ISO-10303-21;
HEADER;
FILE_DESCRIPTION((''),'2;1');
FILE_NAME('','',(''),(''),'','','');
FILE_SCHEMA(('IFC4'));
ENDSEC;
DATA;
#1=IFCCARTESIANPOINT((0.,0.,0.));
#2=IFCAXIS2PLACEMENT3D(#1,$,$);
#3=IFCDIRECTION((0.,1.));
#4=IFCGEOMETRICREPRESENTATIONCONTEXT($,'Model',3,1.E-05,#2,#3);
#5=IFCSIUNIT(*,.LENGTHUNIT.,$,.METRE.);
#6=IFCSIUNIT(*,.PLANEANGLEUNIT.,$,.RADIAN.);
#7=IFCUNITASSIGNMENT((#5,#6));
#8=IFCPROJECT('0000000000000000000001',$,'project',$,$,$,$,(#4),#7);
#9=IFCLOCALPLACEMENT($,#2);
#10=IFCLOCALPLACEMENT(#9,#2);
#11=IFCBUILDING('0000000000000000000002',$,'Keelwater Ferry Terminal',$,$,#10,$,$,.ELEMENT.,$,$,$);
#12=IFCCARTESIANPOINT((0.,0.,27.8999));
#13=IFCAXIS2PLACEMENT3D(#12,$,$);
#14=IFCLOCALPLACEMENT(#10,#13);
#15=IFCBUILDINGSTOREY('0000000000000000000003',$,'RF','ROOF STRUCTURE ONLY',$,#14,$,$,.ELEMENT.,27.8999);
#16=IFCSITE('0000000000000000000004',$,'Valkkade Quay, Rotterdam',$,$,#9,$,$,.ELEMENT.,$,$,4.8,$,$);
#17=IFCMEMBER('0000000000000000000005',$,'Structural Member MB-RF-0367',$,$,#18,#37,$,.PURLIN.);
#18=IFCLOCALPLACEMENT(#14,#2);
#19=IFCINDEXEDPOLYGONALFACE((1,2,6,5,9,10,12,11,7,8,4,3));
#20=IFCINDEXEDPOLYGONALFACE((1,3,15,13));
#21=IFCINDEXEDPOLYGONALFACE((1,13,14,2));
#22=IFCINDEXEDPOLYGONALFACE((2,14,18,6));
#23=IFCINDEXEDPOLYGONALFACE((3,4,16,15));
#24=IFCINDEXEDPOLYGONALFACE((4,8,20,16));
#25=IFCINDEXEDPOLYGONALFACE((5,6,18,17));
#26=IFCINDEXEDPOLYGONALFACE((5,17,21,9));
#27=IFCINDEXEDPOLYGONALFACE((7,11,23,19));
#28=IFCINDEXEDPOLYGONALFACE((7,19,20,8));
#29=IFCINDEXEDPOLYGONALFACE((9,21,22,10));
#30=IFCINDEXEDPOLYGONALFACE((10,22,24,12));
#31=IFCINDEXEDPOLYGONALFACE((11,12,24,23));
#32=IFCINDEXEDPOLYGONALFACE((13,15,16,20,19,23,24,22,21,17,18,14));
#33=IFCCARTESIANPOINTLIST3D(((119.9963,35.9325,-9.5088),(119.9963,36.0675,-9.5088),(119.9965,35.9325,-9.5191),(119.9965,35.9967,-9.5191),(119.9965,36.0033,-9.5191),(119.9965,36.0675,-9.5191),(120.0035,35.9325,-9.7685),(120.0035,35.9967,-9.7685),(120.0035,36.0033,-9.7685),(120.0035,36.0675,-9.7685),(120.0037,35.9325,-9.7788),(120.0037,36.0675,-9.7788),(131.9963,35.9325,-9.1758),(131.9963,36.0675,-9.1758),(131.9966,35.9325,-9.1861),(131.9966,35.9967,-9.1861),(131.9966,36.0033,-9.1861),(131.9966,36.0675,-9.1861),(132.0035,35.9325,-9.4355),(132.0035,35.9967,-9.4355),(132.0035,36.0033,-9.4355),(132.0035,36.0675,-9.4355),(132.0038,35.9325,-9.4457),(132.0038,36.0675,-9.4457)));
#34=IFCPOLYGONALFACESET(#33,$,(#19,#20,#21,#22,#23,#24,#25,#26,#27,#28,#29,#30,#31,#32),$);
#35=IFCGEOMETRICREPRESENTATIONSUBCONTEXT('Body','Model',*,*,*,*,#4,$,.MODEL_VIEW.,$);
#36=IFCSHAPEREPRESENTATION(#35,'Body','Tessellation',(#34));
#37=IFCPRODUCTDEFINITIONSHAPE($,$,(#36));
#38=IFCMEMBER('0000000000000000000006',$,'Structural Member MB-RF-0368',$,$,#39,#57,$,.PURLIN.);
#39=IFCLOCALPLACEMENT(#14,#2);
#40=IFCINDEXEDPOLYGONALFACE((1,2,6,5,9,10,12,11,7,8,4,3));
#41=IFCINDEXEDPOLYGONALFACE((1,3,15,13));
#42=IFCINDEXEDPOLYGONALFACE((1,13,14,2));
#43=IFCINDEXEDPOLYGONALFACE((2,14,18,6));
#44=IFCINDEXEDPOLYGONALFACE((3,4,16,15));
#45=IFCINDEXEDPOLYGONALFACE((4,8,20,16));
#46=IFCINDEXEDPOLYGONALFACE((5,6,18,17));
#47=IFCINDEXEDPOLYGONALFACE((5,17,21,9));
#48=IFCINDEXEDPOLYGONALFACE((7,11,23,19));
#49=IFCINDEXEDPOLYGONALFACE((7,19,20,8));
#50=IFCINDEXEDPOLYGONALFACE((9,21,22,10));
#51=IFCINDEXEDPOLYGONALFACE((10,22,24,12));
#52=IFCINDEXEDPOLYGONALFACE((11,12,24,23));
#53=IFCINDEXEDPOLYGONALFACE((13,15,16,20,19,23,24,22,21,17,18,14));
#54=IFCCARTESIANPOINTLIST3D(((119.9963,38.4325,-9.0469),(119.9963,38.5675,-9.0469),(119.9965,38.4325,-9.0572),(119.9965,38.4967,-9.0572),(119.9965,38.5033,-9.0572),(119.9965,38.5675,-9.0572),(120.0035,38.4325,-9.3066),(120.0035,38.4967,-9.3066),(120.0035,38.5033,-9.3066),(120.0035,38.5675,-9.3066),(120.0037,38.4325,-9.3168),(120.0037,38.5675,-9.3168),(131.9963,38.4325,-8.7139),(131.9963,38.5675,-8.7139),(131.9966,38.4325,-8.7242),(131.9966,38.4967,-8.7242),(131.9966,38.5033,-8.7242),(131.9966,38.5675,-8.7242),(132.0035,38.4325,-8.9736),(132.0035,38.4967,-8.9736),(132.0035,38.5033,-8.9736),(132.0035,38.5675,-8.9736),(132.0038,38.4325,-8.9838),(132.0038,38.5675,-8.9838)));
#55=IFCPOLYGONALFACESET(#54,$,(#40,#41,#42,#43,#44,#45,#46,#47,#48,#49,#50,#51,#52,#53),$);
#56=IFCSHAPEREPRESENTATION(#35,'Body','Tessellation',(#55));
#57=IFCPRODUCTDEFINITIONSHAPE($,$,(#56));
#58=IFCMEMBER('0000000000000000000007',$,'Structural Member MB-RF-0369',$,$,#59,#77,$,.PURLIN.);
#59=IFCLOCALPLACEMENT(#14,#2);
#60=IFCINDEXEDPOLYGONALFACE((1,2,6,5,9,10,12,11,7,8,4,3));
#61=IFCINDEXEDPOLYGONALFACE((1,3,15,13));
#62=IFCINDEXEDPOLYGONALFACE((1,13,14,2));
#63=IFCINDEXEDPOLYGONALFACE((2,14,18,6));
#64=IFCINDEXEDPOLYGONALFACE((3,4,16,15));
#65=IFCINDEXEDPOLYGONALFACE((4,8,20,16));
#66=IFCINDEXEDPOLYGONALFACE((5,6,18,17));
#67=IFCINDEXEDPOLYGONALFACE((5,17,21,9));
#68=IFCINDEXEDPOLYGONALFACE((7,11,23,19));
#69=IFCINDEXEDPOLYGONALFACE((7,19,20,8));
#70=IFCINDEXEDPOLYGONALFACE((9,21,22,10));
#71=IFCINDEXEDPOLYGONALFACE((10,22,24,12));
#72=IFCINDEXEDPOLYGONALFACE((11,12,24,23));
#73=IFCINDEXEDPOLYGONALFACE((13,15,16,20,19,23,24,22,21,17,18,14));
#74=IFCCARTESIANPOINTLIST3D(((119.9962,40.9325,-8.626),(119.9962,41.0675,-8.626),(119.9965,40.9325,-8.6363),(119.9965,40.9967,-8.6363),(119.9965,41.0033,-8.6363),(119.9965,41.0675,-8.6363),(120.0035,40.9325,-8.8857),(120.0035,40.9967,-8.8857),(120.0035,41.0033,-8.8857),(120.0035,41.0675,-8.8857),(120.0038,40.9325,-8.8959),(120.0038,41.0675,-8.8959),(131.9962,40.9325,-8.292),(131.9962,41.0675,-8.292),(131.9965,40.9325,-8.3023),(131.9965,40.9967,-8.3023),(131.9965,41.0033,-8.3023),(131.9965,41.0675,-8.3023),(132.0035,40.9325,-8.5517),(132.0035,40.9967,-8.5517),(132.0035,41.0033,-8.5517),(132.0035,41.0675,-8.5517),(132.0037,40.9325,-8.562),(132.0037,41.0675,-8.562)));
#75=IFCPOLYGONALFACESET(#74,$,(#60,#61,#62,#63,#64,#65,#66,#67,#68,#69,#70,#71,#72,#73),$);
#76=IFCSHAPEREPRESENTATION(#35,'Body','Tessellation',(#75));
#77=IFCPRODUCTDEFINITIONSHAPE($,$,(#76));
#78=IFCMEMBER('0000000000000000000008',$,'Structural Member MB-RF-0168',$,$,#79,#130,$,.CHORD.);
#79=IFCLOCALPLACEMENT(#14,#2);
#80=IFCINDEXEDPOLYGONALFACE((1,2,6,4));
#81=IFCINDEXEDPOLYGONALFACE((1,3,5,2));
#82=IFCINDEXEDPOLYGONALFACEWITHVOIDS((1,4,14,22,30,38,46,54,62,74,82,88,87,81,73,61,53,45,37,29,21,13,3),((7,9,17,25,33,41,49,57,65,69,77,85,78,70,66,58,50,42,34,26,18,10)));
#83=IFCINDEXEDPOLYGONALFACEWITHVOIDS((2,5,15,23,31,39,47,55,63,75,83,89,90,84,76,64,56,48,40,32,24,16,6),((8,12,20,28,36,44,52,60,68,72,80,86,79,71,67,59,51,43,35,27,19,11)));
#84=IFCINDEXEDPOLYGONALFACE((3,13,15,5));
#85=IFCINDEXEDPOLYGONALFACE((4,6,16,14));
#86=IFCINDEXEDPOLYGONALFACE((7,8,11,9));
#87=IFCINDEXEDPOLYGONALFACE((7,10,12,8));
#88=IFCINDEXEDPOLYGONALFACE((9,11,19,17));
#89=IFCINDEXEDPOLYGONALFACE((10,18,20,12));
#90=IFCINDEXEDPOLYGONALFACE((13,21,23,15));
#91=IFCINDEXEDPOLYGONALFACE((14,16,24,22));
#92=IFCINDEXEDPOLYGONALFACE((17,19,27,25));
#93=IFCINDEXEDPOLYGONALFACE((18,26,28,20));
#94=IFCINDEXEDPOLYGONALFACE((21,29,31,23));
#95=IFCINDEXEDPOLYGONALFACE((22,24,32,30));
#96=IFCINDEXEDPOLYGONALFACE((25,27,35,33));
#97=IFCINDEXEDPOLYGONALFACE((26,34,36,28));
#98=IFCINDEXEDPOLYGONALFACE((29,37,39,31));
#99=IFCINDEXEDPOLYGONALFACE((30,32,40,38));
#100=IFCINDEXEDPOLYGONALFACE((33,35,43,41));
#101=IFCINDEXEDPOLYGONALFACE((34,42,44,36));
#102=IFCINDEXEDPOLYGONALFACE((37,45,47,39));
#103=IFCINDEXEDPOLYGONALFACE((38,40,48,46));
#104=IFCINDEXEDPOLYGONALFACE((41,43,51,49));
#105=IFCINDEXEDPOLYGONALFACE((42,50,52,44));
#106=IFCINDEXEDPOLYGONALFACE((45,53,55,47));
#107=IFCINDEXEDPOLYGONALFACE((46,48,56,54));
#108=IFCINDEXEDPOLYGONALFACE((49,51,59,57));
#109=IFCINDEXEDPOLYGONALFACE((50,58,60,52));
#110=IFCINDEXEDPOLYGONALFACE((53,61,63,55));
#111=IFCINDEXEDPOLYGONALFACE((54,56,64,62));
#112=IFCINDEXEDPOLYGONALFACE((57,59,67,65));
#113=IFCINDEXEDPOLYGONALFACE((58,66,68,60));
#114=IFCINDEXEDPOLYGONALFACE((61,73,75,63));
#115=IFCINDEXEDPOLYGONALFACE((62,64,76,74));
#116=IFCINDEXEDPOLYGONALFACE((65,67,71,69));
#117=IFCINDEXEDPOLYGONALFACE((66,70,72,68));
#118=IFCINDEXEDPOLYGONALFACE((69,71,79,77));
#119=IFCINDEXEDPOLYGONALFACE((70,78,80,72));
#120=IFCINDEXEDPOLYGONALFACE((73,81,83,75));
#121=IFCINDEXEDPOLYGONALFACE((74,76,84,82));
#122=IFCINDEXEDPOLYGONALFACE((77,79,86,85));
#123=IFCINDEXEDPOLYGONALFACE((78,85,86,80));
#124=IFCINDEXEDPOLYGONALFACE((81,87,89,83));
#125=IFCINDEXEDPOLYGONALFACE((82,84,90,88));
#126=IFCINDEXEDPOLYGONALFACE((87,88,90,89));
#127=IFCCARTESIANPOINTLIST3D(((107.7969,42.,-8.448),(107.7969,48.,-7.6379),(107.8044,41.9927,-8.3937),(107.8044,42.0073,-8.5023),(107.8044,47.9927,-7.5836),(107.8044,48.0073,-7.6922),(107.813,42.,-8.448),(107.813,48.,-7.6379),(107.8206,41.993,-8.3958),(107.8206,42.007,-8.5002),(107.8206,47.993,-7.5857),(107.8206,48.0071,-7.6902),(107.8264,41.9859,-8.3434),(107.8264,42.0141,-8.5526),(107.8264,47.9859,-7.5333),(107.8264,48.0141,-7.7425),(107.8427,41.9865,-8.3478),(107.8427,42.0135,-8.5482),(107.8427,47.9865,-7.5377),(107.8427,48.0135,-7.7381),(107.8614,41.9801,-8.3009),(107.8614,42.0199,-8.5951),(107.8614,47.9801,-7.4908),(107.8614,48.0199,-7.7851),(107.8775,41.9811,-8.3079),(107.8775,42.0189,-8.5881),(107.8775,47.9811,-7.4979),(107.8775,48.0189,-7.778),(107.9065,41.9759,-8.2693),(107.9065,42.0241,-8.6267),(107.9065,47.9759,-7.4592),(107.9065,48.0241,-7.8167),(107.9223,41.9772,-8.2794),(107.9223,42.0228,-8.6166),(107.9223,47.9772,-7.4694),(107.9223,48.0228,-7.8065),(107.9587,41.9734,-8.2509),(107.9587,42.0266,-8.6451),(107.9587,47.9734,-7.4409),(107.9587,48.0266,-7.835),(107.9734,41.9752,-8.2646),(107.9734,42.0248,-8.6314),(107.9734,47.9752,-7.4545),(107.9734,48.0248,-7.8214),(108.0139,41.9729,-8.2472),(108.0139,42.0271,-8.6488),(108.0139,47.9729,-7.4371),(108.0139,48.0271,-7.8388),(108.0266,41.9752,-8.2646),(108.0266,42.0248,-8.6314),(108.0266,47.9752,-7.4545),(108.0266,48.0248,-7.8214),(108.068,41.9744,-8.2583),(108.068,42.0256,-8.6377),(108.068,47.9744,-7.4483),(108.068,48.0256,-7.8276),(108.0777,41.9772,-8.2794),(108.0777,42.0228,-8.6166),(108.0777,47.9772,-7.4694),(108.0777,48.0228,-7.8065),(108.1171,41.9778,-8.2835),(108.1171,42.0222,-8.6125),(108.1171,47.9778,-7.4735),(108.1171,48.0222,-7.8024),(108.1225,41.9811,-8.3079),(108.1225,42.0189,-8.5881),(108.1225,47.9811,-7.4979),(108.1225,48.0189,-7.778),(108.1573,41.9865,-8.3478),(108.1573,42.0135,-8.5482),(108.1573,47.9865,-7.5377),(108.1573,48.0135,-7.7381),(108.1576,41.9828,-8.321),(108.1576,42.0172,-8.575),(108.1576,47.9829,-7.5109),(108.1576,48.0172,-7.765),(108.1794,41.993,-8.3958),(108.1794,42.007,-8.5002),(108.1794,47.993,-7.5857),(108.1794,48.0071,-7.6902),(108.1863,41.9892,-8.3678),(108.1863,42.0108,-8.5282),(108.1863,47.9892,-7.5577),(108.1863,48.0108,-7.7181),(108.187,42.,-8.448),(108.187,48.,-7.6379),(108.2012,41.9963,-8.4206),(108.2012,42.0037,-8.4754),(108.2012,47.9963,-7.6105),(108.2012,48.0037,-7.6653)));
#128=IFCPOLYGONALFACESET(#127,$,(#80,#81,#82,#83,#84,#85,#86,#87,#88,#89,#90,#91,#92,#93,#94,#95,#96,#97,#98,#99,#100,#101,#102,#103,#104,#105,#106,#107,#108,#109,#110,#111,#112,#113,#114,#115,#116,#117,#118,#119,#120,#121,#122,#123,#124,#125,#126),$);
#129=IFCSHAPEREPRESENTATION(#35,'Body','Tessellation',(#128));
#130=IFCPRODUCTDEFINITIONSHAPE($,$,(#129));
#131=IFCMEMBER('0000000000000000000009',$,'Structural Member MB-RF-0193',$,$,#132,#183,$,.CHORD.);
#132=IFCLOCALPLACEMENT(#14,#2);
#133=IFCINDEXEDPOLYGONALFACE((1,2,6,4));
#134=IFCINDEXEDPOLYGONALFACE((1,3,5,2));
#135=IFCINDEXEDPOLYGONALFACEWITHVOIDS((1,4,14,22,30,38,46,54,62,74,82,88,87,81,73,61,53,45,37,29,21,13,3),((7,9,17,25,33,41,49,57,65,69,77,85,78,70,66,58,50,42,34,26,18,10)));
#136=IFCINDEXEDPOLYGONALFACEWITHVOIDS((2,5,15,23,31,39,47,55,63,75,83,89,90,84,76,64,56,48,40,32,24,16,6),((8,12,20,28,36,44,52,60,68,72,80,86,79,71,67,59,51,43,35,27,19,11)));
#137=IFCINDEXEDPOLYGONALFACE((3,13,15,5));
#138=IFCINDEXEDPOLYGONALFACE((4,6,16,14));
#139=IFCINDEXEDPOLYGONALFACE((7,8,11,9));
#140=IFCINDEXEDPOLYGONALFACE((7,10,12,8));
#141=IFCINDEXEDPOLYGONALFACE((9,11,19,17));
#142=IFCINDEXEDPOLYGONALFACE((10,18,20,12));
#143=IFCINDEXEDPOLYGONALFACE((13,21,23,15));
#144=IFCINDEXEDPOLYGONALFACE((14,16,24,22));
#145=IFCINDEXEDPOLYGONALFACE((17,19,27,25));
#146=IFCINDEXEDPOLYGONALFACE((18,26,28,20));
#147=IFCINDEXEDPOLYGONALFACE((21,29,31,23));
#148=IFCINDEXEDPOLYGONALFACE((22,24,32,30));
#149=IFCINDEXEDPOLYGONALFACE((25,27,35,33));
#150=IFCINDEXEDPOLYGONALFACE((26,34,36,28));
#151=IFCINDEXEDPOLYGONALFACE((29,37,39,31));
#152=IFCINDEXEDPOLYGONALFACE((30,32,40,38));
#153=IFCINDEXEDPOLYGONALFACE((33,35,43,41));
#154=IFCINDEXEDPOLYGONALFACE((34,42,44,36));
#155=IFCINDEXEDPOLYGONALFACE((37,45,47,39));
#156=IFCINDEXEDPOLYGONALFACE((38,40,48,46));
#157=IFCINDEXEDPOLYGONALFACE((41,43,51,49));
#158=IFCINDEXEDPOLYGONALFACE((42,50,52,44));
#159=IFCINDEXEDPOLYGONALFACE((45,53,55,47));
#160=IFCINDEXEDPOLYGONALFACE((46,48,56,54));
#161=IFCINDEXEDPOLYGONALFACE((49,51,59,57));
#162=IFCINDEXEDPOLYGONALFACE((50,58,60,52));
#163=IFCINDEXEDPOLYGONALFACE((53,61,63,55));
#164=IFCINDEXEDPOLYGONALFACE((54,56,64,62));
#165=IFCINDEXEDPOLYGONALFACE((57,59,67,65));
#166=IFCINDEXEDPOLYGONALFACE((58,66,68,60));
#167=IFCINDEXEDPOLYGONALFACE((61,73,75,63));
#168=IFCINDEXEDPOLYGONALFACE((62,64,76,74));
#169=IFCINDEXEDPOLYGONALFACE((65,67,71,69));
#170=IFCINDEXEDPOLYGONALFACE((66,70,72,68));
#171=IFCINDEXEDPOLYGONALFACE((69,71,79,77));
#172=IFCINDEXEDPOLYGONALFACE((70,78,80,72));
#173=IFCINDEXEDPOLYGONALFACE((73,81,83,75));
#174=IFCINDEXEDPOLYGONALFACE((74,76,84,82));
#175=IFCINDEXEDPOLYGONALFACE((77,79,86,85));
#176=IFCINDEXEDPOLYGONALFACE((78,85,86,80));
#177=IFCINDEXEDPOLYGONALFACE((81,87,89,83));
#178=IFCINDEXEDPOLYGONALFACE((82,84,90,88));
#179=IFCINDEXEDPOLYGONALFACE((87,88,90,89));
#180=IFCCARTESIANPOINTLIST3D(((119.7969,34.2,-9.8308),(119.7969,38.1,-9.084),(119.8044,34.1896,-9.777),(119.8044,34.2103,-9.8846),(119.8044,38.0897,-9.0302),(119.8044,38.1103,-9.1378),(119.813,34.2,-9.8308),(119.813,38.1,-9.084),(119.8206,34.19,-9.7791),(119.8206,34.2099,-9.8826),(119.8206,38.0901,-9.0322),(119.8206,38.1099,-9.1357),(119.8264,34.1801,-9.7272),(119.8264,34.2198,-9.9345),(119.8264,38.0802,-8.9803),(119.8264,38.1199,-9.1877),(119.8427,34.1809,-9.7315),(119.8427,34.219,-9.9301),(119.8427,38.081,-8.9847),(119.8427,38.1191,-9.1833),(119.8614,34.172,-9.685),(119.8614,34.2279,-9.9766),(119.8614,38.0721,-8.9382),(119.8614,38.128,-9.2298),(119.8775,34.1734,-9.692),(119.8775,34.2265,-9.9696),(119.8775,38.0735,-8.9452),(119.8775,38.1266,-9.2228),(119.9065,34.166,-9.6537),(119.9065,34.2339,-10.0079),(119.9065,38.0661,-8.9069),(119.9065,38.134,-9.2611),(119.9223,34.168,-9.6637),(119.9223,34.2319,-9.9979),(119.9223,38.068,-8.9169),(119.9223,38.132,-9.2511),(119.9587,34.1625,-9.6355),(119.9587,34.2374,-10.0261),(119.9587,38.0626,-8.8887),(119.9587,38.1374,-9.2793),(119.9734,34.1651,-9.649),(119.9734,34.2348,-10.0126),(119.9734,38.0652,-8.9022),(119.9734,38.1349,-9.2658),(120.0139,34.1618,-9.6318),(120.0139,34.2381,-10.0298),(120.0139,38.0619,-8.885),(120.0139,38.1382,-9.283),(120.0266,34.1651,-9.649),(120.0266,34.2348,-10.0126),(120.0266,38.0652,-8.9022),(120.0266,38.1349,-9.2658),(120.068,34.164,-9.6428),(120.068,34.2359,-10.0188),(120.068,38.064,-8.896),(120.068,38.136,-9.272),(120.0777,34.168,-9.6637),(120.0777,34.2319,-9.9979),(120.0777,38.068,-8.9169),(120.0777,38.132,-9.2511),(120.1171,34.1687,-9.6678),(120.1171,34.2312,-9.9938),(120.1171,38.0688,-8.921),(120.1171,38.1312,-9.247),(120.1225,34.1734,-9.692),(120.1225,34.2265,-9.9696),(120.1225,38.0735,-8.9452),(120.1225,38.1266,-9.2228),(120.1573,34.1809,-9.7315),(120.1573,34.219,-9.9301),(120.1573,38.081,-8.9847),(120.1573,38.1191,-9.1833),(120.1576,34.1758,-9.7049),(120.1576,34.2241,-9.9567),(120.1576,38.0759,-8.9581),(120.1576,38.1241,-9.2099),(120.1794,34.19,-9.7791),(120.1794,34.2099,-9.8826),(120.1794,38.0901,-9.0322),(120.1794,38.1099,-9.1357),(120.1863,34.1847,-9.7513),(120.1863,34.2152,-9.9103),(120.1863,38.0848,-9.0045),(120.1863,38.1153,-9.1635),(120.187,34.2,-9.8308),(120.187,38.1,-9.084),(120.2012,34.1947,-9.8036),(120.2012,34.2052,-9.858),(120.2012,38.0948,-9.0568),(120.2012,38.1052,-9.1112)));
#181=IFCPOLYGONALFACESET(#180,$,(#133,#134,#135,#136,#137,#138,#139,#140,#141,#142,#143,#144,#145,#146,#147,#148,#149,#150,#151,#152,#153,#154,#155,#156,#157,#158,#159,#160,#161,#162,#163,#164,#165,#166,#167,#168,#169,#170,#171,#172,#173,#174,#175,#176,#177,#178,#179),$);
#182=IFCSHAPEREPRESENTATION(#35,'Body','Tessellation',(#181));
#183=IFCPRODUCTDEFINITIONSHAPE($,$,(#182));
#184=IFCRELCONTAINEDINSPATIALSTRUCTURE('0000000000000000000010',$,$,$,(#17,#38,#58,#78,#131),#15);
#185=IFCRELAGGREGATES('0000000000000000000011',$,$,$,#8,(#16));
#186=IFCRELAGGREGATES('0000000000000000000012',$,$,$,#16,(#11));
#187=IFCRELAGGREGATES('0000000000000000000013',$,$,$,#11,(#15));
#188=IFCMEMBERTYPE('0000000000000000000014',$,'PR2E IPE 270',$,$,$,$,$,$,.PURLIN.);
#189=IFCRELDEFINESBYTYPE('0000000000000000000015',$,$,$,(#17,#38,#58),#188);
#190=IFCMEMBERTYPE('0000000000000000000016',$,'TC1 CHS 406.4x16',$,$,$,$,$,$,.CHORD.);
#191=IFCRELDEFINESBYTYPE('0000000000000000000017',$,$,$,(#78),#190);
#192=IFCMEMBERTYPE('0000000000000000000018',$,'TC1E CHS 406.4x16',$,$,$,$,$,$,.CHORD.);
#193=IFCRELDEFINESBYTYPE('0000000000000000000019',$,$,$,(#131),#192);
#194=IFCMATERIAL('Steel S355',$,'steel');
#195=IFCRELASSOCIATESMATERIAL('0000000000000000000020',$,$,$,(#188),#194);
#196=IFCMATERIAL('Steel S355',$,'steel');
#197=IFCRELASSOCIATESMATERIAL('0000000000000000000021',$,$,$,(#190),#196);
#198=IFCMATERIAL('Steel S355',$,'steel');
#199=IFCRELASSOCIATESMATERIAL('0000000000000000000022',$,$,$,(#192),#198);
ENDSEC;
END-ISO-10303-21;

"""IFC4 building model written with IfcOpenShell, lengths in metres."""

from ifc_helpers import new_model, si_unit, direction, frame, origin, origin_2d, place, context, subcontext, project, spatial, hollow_circle, i_section, extrude, material, material_profile, profile_set, type_object, element, save


model = new_model("IFC4")

# Units and contexts
model_context = context("Model", 3, precision=1e-05, world=origin(), true_north=direction((0.0, 1.0)))
body_context = subcontext(model_context, "Body", "Model", "MODEL_VIEW")
ifc_project = project(units=[si_unit("LENGTHUNIT", "METRE"), si_unit("PLANEANGLEUNIT", "RADIAN")], contexts=[model_context])

# Site, building, storey
site_placement = place(None, origin())
site = spatial("IfcSite", under=ifc_project, at=site_placement, Name="Valkkade Quay, Rotterdam", CompositionType="ELEMENT", RefElevation=4.8)
building_placement = place(site_placement, origin())
building = spatial("IfcBuilding", under=site, at=building_placement, Name="Keelwater Ferry Terminal", CompositionType="ELEMENT")
storey_placement = place(building_placement, frame((0.0, 0.0, 27.8999)))
storey = spatial("IfcBuildingStorey", under=building, at=storey_placement, Name="RF", Description="ROOF STRUCTURE ONLY", CompositionType="ELEMENT", Elevation=27.8999)

# Members
ifc_material_1 = material(Name="Steel S355", Category="steel")
ifc_material_profile_1 = material_profile(ifc_material_1, i_section(OverallWidth=0.135, OverallDepth=0.27, WebThickness=0.0066, FlangeThickness=0.0103, at=origin_2d()), Name="IPE 270")
ifc_profile_set_1 = profile_set([ifc_material_profile_1], Name="Steel S355")
member_type_1 = type_object("IfcMemberType", Name="PR2E IPE 270", PredefinedType="PURLIN", material=ifc_profile_set_1)
for number, where, z_axis, x_axis, name in (
    (1, (120.0, 36.0, -9.6438), (0.999615, 0.0, 0.02774), (0.0, 1.0, 0.0), "Structural Member MB-RF-0367"),
    (2, (120.0, 38.5, -9.1819), (0.999615, 0.0, 0.02774), (0.0, 1.0, 0.0), "Structural Member MB-RF-0368"),
    (3, (120.0, 41.0, -8.761), (0.999613, 0.0, 0.027821), (0.0, 1.0, 0.0), "Structural Member MB-RF-0369"),
):
    element("IfcMember", number, at=place(storey_placement, frame(where, z_axis=z_axis, x_axis=x_axis)), inside=storey, type_object=member_type_1, Name=name, PredefinedType="PURLIN", context=body_context, shape_type="SweptSolid", body=[
        extrude(i_section(OverallWidth=0.135, OverallDepth=0.27, WebThickness=0.0066, FlangeThickness=0.0103, at=origin_2d()), origin(), (0.0, 0.0, 1.0), 12.0046),
    ])
ifc_material_2 = material(Name="Steel S355", Category="steel")
ifc_material_profile_2 = material_profile(ifc_material_2, hollow_circle(Radius=0.2031, WallThickness=0.0161, at=origin_2d()), Name="CHS 406.4x16")
ifc_profile_set_2 = profile_set([ifc_material_profile_2], Name="Steel S355")
member_type_2 = type_object("IfcMemberType", Name="TC1 CHS 406.4x16", PredefinedType="CHORD", material=ifc_profile_set_2)
member_1_placement = place(storey_placement, frame((108.0, 42.0, -8.448), z_axis=(0.0, 0.991009, 0.133796), x_axis=(-1.0, 0.0, 0.0)))
element("IfcMember", 4, at=member_1_placement, inside=storey, type_object=member_type_2, Name="Structural Member MB-RF-0168", PredefinedType="CHORD", context=body_context, shape_type="SweptSolid", body=[
    extrude(hollow_circle(Radius=0.2031, WallThickness=0.0161, at=origin_2d()), origin(), (0.0, 0.0, 1.0), 6.0544),
])
ifc_material_3 = material(Name="Steel S355", Category="steel")
ifc_material_profile_3 = material_profile(ifc_material_3, hollow_circle(Radius=0.2031, WallThickness=0.0161, at=origin_2d()), Name="CHS 406.4x16")
ifc_profile_set_3 = profile_set([ifc_material_profile_3], Name="Steel S355")
member_type_3 = type_object("IfcMemberType", Name="TC1E CHS 406.4x16", PredefinedType="CHORD", material=ifc_profile_set_3)
member_2_placement = place(storey_placement, frame((120.0, 34.2, -9.8308), z_axis=(0.0, 0.982156, 0.18807), x_axis=(-1.0, 0.0, 0.0)))
element("IfcMember", 5, at=member_2_placement, inside=storey, type_object=member_type_3, Name="Structural Member MB-RF-0193", PredefinedType="CHORD", context=body_context, shape_type="SweptSolid", body=[
    extrude(hollow_circle(Radius=0.2031, WallThickness=0.0161, at=origin_2d()), origin(), (0.0, 0.0, 1.0), 3.9709),
])

save(model, "model.ifc")
